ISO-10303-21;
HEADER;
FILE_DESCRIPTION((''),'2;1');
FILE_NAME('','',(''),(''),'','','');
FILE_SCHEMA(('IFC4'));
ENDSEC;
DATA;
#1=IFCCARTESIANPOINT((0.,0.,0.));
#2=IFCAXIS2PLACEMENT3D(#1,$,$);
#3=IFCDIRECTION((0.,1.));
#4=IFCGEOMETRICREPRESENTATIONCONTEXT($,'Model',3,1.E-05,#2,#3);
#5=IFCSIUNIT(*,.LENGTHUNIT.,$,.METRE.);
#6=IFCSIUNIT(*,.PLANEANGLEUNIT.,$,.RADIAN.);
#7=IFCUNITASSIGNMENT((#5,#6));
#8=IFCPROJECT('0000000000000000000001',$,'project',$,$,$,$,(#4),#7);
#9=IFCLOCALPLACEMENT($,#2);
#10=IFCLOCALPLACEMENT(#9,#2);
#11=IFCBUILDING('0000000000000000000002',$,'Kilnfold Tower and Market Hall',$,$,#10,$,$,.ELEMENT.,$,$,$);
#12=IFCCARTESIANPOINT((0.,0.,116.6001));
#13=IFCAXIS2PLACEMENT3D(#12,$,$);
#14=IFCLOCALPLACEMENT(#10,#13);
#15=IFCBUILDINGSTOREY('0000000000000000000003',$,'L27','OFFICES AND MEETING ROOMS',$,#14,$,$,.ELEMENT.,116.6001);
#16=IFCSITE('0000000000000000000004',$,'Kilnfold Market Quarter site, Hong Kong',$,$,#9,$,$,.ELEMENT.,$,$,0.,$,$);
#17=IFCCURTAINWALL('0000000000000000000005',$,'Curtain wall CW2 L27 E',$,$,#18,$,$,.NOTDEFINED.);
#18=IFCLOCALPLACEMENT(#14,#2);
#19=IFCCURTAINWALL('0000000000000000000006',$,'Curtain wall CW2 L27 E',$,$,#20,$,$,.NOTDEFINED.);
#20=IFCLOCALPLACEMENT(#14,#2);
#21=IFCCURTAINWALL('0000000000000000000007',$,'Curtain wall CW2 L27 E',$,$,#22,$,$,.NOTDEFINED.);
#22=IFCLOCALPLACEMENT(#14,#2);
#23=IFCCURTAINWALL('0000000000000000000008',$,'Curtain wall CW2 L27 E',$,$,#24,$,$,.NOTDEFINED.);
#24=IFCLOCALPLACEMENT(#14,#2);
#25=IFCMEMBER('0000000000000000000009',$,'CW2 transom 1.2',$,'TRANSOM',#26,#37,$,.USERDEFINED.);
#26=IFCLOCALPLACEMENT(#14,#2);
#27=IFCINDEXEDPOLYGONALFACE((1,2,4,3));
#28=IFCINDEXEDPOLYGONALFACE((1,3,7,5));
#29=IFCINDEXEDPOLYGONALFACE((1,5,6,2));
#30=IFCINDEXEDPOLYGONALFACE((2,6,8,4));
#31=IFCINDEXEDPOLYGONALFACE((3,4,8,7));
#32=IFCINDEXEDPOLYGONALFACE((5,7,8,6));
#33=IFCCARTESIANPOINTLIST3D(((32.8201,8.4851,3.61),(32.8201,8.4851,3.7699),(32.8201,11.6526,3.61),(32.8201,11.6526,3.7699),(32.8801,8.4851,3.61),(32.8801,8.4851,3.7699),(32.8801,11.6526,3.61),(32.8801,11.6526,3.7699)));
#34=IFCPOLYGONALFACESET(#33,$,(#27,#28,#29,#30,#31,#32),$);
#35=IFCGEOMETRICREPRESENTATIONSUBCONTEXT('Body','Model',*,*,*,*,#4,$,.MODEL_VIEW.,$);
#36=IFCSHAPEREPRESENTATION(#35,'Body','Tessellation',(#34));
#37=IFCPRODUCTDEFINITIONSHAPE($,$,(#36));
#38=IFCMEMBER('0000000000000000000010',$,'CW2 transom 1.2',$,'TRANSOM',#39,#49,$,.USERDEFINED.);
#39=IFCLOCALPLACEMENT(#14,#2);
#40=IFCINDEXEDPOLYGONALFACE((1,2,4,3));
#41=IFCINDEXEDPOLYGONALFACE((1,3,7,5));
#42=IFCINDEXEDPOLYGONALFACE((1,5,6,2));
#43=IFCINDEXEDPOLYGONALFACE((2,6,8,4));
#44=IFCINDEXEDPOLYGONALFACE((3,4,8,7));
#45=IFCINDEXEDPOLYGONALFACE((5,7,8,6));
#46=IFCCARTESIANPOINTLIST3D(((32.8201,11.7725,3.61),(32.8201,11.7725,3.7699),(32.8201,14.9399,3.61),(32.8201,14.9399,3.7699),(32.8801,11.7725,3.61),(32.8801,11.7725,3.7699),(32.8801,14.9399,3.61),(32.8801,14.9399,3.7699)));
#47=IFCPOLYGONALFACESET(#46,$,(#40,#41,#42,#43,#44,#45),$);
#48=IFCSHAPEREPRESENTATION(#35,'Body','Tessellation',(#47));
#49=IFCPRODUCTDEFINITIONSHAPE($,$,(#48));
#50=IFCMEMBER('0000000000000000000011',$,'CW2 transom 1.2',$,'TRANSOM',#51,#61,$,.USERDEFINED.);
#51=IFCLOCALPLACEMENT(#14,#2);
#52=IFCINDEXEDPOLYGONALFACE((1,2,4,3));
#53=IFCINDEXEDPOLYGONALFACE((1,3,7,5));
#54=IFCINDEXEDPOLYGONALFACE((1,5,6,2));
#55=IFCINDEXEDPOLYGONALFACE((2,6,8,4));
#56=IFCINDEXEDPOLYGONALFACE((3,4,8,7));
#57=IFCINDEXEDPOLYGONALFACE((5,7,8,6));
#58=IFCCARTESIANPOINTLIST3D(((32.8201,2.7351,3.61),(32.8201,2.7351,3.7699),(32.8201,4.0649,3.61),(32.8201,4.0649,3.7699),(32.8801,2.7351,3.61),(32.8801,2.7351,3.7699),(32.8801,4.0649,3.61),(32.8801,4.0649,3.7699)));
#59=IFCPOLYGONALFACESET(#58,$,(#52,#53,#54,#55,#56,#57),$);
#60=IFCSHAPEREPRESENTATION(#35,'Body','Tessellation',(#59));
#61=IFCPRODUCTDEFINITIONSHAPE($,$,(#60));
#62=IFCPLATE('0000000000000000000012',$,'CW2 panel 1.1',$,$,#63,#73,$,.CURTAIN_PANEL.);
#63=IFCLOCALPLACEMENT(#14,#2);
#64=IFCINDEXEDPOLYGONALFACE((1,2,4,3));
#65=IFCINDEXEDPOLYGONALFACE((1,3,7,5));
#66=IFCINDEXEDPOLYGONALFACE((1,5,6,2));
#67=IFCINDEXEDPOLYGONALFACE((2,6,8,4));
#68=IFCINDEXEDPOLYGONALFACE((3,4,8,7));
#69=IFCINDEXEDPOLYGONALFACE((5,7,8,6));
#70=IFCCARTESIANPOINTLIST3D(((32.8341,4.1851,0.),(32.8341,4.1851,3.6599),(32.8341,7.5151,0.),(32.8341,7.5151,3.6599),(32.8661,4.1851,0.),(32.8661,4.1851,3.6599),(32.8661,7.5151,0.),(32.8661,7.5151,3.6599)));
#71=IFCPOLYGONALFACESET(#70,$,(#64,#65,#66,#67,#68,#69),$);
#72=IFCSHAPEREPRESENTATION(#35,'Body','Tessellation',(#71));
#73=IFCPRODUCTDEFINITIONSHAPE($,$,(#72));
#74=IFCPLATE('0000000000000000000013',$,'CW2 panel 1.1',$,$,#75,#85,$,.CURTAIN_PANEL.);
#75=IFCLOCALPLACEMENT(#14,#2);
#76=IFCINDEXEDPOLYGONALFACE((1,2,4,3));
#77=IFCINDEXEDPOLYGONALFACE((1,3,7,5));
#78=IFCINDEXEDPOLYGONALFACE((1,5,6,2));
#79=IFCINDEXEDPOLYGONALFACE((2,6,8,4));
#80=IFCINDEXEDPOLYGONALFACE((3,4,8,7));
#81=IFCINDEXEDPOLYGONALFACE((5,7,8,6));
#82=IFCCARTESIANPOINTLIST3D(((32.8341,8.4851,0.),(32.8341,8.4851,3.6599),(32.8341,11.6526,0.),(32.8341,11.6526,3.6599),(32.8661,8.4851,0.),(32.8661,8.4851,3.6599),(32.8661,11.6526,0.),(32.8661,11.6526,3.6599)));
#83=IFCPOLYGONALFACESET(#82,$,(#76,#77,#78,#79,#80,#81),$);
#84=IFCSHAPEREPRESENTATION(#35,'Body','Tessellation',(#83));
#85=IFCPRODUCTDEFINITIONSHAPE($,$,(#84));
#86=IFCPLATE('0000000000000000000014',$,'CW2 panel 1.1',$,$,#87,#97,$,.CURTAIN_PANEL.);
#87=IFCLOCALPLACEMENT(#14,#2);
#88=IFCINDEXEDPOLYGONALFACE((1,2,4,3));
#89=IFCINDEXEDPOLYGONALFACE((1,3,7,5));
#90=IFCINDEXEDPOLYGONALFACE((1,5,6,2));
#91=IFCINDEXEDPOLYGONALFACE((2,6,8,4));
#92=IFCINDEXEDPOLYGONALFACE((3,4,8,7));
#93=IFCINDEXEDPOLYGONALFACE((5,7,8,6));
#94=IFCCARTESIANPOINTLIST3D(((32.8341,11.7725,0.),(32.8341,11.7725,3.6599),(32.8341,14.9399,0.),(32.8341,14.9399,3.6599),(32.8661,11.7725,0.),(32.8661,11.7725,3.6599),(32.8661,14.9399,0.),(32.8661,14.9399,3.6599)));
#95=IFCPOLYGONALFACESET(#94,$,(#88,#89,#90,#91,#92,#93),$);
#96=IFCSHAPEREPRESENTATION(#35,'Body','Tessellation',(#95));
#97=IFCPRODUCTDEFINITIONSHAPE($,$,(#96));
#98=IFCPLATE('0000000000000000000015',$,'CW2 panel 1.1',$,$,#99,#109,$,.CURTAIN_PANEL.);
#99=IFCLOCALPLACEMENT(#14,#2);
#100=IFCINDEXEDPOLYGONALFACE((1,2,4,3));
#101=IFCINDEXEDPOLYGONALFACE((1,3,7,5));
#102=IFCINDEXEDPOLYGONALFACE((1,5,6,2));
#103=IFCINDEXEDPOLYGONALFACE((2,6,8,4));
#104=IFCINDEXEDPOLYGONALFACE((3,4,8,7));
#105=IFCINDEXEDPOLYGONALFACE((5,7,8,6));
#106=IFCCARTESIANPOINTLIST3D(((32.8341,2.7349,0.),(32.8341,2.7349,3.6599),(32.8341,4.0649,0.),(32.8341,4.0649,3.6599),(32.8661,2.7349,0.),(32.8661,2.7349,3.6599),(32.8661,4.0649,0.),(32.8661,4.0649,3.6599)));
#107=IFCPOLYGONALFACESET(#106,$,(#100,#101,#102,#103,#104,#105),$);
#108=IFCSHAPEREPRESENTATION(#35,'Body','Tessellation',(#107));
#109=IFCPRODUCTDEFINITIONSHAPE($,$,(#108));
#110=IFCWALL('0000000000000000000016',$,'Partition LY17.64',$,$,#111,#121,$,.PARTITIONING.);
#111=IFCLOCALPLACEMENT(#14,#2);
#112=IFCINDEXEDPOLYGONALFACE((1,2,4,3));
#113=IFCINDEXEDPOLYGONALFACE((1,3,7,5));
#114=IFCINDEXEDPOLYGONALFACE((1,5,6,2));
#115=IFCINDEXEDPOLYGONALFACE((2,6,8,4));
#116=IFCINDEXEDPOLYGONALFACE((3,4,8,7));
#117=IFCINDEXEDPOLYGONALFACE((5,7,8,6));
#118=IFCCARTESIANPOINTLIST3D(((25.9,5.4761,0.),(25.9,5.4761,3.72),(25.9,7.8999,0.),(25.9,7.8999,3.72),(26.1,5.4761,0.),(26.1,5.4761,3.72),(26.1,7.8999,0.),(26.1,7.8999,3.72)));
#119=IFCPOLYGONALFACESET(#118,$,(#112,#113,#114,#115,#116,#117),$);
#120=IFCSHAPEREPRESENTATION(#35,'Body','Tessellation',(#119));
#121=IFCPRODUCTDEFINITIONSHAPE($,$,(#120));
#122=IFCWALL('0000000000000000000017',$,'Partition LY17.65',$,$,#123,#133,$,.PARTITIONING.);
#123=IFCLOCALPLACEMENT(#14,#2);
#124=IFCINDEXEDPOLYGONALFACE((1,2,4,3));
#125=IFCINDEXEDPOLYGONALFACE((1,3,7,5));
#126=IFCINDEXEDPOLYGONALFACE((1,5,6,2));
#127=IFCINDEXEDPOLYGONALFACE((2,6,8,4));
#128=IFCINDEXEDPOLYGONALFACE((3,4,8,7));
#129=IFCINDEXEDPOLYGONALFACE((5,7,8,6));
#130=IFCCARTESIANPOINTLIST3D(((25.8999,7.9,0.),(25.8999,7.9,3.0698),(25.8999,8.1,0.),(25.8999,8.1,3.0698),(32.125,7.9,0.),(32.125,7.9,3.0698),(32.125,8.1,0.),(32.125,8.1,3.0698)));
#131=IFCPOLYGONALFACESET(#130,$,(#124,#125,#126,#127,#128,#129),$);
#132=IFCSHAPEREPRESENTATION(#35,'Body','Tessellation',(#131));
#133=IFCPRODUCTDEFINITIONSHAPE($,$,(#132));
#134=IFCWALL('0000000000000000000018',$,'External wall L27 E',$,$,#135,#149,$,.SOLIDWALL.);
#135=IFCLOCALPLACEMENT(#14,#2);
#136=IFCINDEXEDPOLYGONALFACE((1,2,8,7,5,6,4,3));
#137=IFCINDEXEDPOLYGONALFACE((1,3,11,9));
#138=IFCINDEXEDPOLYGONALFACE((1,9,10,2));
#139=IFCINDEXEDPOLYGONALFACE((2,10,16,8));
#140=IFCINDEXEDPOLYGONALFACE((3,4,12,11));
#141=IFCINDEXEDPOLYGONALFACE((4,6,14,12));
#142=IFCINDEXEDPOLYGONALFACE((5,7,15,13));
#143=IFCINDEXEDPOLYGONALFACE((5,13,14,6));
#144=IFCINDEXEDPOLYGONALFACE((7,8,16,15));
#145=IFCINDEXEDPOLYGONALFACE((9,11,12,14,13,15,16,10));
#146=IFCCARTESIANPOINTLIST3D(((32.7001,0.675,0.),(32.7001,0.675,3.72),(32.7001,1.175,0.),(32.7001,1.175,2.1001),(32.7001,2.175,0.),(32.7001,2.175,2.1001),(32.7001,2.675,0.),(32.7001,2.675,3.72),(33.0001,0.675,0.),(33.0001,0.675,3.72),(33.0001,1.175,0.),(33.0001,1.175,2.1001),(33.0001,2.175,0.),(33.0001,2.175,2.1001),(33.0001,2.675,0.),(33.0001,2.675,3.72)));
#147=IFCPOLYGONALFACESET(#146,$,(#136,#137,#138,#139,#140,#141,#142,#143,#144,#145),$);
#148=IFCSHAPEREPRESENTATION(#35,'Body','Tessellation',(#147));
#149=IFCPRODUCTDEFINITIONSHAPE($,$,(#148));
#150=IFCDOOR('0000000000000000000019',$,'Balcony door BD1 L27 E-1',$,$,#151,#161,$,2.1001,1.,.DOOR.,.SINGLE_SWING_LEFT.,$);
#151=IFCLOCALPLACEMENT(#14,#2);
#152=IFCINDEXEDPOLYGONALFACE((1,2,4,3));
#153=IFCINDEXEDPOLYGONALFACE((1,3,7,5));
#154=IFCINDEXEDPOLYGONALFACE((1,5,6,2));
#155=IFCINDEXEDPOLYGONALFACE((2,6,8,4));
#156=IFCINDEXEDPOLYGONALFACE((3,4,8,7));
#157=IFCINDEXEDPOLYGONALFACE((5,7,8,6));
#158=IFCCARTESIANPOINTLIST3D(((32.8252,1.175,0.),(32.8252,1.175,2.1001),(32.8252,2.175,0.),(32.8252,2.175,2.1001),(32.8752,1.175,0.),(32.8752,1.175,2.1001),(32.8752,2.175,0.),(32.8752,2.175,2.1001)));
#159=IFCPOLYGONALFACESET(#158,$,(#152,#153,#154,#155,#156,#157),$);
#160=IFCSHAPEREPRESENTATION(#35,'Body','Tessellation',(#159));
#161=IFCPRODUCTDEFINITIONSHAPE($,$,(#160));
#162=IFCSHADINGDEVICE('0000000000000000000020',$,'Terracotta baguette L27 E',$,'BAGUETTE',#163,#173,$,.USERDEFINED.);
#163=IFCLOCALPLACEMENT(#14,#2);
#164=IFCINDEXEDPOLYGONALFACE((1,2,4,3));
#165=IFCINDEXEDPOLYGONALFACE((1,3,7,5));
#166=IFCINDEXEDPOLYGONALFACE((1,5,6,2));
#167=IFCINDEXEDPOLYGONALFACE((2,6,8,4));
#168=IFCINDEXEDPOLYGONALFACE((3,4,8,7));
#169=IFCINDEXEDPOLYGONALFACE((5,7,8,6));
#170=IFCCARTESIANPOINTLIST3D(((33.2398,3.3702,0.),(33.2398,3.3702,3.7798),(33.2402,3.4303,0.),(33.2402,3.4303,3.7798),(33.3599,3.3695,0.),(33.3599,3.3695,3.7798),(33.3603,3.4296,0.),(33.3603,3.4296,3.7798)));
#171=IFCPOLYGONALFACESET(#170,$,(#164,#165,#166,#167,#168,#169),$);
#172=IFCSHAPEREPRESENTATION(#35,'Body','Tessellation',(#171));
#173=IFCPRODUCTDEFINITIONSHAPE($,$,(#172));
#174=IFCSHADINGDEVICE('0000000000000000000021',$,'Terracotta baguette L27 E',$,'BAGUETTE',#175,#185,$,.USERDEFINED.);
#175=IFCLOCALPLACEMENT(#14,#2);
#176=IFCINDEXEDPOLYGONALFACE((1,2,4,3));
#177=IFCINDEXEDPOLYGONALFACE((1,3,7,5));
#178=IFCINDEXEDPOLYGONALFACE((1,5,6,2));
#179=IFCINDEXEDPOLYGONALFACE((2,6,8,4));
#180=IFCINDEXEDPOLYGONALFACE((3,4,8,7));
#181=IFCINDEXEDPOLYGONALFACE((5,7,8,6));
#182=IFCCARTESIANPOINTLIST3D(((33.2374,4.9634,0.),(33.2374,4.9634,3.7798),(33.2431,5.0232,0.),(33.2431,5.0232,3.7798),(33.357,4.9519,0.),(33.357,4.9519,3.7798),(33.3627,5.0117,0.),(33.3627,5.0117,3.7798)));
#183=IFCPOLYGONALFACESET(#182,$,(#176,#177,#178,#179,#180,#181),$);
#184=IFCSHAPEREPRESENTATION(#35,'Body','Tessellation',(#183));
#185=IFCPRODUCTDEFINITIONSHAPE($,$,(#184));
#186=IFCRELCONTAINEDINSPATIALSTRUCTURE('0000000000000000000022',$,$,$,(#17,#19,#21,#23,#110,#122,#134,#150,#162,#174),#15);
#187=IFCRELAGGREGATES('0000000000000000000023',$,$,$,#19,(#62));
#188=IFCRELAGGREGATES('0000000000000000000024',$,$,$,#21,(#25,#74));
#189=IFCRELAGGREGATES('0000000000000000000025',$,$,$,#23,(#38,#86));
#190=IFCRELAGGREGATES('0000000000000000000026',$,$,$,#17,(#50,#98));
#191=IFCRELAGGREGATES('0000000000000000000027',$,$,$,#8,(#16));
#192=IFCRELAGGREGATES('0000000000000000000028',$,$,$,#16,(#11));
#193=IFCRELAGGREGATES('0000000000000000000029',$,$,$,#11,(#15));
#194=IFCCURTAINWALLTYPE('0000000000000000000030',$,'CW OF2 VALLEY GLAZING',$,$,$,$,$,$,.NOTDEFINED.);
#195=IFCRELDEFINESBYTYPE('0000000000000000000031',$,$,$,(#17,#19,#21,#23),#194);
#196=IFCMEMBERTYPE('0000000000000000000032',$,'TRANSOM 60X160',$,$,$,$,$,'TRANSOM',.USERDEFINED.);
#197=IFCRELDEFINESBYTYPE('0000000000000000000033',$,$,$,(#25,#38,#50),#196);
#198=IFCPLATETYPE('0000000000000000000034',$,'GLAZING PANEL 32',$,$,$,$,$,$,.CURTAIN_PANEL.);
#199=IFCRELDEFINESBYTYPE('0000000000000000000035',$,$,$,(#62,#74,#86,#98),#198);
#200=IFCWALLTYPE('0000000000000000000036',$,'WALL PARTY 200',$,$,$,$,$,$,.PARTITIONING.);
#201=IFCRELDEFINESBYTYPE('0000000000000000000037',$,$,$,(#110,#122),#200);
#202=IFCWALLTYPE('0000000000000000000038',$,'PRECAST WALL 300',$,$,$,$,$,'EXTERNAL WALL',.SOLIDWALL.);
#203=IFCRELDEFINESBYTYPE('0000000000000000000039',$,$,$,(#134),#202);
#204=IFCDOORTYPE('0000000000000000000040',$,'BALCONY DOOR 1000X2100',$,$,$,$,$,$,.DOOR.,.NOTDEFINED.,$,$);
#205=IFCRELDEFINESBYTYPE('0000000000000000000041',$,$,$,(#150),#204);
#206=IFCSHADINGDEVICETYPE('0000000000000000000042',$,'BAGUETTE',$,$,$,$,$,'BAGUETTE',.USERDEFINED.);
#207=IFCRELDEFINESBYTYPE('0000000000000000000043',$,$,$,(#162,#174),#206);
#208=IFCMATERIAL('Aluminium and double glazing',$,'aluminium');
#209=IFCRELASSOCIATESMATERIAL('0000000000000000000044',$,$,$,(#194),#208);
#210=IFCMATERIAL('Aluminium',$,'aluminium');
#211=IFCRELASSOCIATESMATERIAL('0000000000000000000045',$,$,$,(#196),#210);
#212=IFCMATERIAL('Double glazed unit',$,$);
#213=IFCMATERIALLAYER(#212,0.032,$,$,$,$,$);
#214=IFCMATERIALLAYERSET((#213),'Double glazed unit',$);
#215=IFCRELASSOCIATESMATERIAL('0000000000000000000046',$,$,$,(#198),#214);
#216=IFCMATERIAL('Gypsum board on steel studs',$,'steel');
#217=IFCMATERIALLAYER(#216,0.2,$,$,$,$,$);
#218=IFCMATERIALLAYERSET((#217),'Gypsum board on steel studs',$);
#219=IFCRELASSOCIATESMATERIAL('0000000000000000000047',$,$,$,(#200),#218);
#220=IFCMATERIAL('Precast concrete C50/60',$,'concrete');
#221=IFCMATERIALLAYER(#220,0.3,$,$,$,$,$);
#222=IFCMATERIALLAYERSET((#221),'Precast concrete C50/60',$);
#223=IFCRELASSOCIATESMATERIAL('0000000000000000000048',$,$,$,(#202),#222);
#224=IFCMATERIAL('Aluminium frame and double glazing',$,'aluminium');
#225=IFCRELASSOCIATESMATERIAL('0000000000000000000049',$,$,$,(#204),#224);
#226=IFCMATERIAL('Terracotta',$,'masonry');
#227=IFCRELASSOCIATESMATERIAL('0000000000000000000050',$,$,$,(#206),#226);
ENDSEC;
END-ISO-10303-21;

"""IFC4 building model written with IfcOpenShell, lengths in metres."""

from ifc_helpers import new_model, si_unit, direction, frame, frame_2d, origin, origin_2d, place, context, subcontext, project, spatial, rectangle, extrude, source, transform, mapped, material, layer, layer_set, material_profile, profile_set, type_object, element, fill, aggregate, save


model = new_model("IFC4")

# Units and contexts
model_context = context("Model", 3, precision=1e-05, world=origin(), true_north=direction((0.0, 1.0)))
body_context = subcontext(model_context, "Body", "Model", "MODEL_VIEW")
ifc_project = project(units=[si_unit("LENGTHUNIT", "METRE"), si_unit("PLANEANGLEUNIT", "RADIAN")], contexts=[model_context])

# Site, building, storey
site_placement = place(None, origin())
site = spatial("IfcSite", under=ifc_project, at=site_placement, Name="Kilnfold Market Quarter site, Hong Kong", CompositionType="ELEMENT", RefElevation=0.0)
building_placement = place(site_placement, origin())
building = spatial("IfcBuilding", under=site, at=building_placement, Name="Kilnfold Tower and Market Hall", CompositionType="ELEMENT")
storey_placement = place(building_placement, frame((0.0, 0.0, 116.6001)))
storey = spatial("IfcBuildingStorey", under=building, at=storey_placement, Name="L27", Description="OFFICES AND MEETING ROOMS", CompositionType="ELEMENT", Elevation=116.6001)

# Curtain walls
ifc_material_1 = material(Name="Aluminium and double glazing", Category="aluminium")
curtain_wall_type = type_object("IfcCurtainWallType", Name="CW OF2 VALLEY GLAZING", PredefinedType="NOTDEFINED", material=ifc_material_1)
curtain_wall_1_placement = place(storey_placement, origin())
curtain_wall_1 = element("IfcCurtainWall", 1, at=curtain_wall_1_placement, inside=storey, type_object=curtain_wall_type, Name="Curtain wall CW2 L27 E", PredefinedType="NOTDEFINED")
curtain_wall_2_placement = place(storey_placement, origin())
curtain_wall_2 = element("IfcCurtainWall", 2, at=curtain_wall_2_placement, inside=storey, type_object=curtain_wall_type, Name="Curtain wall CW2 L27 E", PredefinedType="NOTDEFINED")
curtain_wall_3_placement = place(storey_placement, origin())
curtain_wall_3 = element("IfcCurtainWall", 3, at=curtain_wall_3_placement, inside=storey, type_object=curtain_wall_type, Name="Curtain wall CW2 L27 E", PredefinedType="NOTDEFINED")

# Curtain wall
curtain_wall_4_placement = place(storey_placement, origin())
curtain_wall_4 = element("IfcCurtainWall", 4, at=curtain_wall_4_placement, inside=storey, type_object=curtain_wall_type, Name="Curtain wall CW2 L27 E", PredefinedType="NOTDEFINED")

# Members
ifc_material_2 = material(Name="Aluminium", Category="aluminium")
ifc_material_profile_1 = material_profile(ifc_material_2, rectangle(XDim=0.0601, YDim=0.1599, at=origin_2d()), Name="TRANSOM 60x160")
ifc_profile_set_1 = profile_set([ifc_material_profile_1], Name="Aluminium")
member_type_1 = type_object("IfcMemberType", Name="TRANSOM 60X160", ElementType="TRANSOM", PredefinedType="USERDEFINED", material=ifc_profile_set_1)
shared_shape_1 = source(origin(), body_context, "Body", "SweptSolid", [
    extrude(rectangle(XDim=0.0601, YDim=0.1599, at=origin_2d()), origin(), (0.0, 0.0, 1.0), 3.1675),
])
member_1_placement = place(storey_placement, frame((32.8501, 8.4851, 3.6899), z_axis=(0.0, 1.0, 0.0), x_axis=(-1.0, 0.0, 0.0)))
member_1 = element("IfcMember", 5, at=member_1_placement, type_object=member_type_1, Name="CW2 transom 1.2", ObjectType="TRANSOM", PredefinedType="USERDEFINED", context=body_context, shape_type="MappedRepresentation", body=[
    mapped(shared_shape_1, transform((0.0, 0.0, 0.0))),
])
member_2_placement = place(storey_placement, frame((32.8501, 11.7725, 3.6899), z_axis=(0.0, 1.0, 0.0), x_axis=(-1.0, 0.0, 0.0)))
member_2 = element("IfcMember", 6, at=member_2_placement, type_object=member_type_1, Name="CW2 transom 1.2", ObjectType="TRANSOM", PredefinedType="USERDEFINED", context=body_context, shape_type="MappedRepresentation", body=[
    mapped(shared_shape_1, transform((0.0, 0.0, 0.0))),
])
shared_shape_2 = source(origin(), body_context, "Body", "SweptSolid", [
    extrude(rectangle(XDim=0.0601, YDim=0.1599, at=origin_2d()), origin(), (0.0, 0.0, 1.0), 1.3298),
])
member_3_placement = place(storey_placement, frame((32.8501, 2.7351, 3.6899), z_axis=(0.0, 1.0, 0.0), x_axis=(-1.0, 0.0, 0.0)))
member_3 = element("IfcMember", 7, at=member_3_placement, type_object=member_type_1, Name="CW2 transom 1.2", ObjectType="TRANSOM", PredefinedType="USERDEFINED", context=body_context, shape_type="MappedRepresentation", body=[
    mapped(shared_shape_2, transform((0.0, 0.0, 0.0))),
])

# Plates
ifc_material_3 = material(Name="Double glazed unit")
ifc_layer_1 = layer(ifc_material_3, 0.032)
ifc_layer_set_1 = layer_set([ifc_layer_1], Name="Double glazed unit")
plate_type = type_object("IfcPlateType", Name="GLAZING PANEL 32", PredefinedType="CURTAIN_PANEL", material=ifc_layer_set_1)
shared_shape_3 = source(origin(), body_context, "Body", "SweptSolid", [
    extrude(rectangle(XDim=3.3301, YDim=0.032, at=origin_2d()), origin(), (0.0, 0.0, 1.0), 3.6599),
])
plate_1_placement = place(storey_placement, frame((32.8501, 5.8501, 0.0), z_axis=(0.0, 0.0, 1.0), x_axis=(0.0, 1.0, 0.0)))
plate_1 = element("IfcPlate", 8, at=plate_1_placement, type_object=plate_type, Name="CW2 panel 1.1", PredefinedType="CURTAIN_PANEL", context=body_context, shape_type="MappedRepresentation", body=[
    mapped(shared_shape_3, transform((0.0, 0.0, 0.0))),
])
aggregate(curtain_wall_2, [plate_1])
shared_shape_4 = source(origin(), body_context, "Body", "SweptSolid", [
    extrude(rectangle(XDim=3.1675, YDim=0.032, at=origin_2d()), origin(), (0.0, 0.0, 1.0), 3.6599),
])
plate_2_placement = place(storey_placement, frame((32.8501, 10.0688, 0.0), z_axis=(0.0, 0.0, 1.0), x_axis=(0.0, 1.0, 0.0)))
plate_2 = element("IfcPlate", 9, at=plate_2_placement, type_object=plate_type, Name="CW2 panel 1.1", PredefinedType="CURTAIN_PANEL", context=body_context, shape_type="MappedRepresentation", body=[
    mapped(shared_shape_4, transform((0.0, 0.0, 0.0))),
])
aggregate(curtain_wall_3, [member_1, plate_2])
plate_3_placement = place(storey_placement, frame((32.8501, 13.3562, 0.0), z_axis=(0.0, 0.0, 1.0), x_axis=(0.0, 1.0, 0.0)))
plate_3 = element("IfcPlate", 10, at=plate_3_placement, type_object=plate_type, Name="CW2 panel 1.1", PredefinedType="CURTAIN_PANEL", context=body_context, shape_type="MappedRepresentation", body=[
    mapped(shared_shape_4, transform((0.0, 0.0, 0.0))),
])
aggregate(curtain_wall_4, [member_2, plate_3])
shared_shape_5 = source(origin(), body_context, "Body", "SweptSolid", [
    extrude(rectangle(XDim=1.3301, YDim=0.032, at=origin_2d()), origin(), (0.0, 0.0, 1.0), 3.6599),
])
plate_4_placement = place(storey_placement, frame((32.8501, 3.3999, 0.0), z_axis=(0.0, 0.0, 1.0), x_axis=(0.0, 1.0, 0.0)))
plate_4 = element("IfcPlate", 11, at=plate_4_placement, type_object=plate_type, Name="CW2 panel 1.1", PredefinedType="CURTAIN_PANEL", context=body_context, shape_type="MappedRepresentation", body=[
    mapped(shared_shape_5, transform((0.0, 0.0, 0.0))),
])
aggregate(curtain_wall_1, [member_3, plate_4])

# Walls
ifc_material_4 = material(Name="Gypsum board on steel studs", Category="steel")
ifc_layer_2 = layer(ifc_material_4, 0.2)
ifc_layer_set_2 = layer_set([ifc_layer_2], Name="Gypsum board on steel studs")
wall_type_1 = type_object("IfcWallType", Name="WALL PARTY 200", PredefinedType="PARTITIONING", material=ifc_layer_set_2)
wall_1_placement = place(storey_placement, frame((26.0, 5.4761, 0.0), z_axis=(0.0, 0.0, 1.0), x_axis=(0.0, 1.0, 0.0)))
element("IfcWall", 12, at=wall_1_placement, inside=storey, type_object=wall_type_1, Name="Partition LY17.64", PredefinedType="PARTITIONING", context=body_context, shape_type="SweptSolid", body=[
    extrude(rectangle(XDim=2.4238, YDim=0.2, at=frame_2d((1.2119, 0.0))), origin(), (0.0, 0.0, 1.0), 3.72),
])
wall_2_placement = place(storey_placement, frame((25.8999, 8.0, 0.0), z_axis=(0.0, 0.0, 1.0), x_axis=(1.0, 0.0, 0.0)))
element("IfcWall", 13, at=wall_2_placement, inside=storey, type_object=wall_type_1, Name="Partition LY17.65", PredefinedType="PARTITIONING", context=body_context, shape_type="SweptSolid", body=[
    extrude(rectangle(XDim=6.2251, YDim=0.2, at=frame_2d((3.1125, 0.0))), origin(), (0.0, 0.0, 1.0), 3.0698),
])

# Wall, opening, door
ifc_material_5 = material(Name="Precast concrete C50/60", Category="concrete")
ifc_layer_3 = layer(ifc_material_5, 0.3)
ifc_layer_set_3 = layer_set([ifc_layer_3], Name="Precast concrete C50/60")
wall_type_2 = type_object("IfcWallType", Name="PRECAST WALL 300", ElementType="EXTERNAL WALL", PredefinedType="SOLIDWALL", material=ifc_layer_set_3)
shared_shape_6 = source(origin(), body_context, "Body", "SweptSolid", [
    extrude(rectangle(XDim=2.0, YDim=0.3, at=frame_2d((1.0, 0.0))), origin(), (0.0, 0.0, 1.0), 3.72),
])
wall_3_placement = place(storey_placement, frame((32.8501, 0.675, 0.0), z_axis=(0.0, 0.0, 1.0), x_axis=(0.0, 1.0, 0.0)))
wall_3 = element("IfcWall", 14, at=wall_3_placement, inside=storey, type_object=wall_type_2, Name="External wall L27 E", PredefinedType="SOLIDWALL", context=body_context, shape_type="MappedRepresentation", body=[
    mapped(shared_shape_6, transform((0.0, 0.0, 0.0))),
])
opening_placement = place(wall_3_placement, frame((0.5, 0.0, 0.0)))
opening = element("IfcOpeningElement", 15, at=opening_placement, cuts=wall_3, PredefinedType="OPENING", context=body_context, shape_type="SweptSolid", body=[
    extrude(rectangle(XDim=1.0, YDim=2.1001, at=frame_2d((0.5, 1.05))), frame((0.0, 0.1602, 0.0), z_axis=(0.0, -1.0, 0.0), x_axis=(1.0, 0.0, 0.0)), (0.0, 0.0, 1.0), 0.3201),
])
ifc_material_6 = material(Name="Aluminium frame and double glazing", Category="aluminium")
door_type = type_object("IfcDoorType", Name="BALCONY DOOR 1000X2100", OperationType="NOTDEFINED", PredefinedType="DOOR", material=ifc_material_6)
door_placement = place(opening_placement, origin())
door = element("IfcDoor", 16, at=door_placement, inside=storey, type_object=door_type, Name="Balcony door BD1 L27 E-1", OperationType="SINGLE_SWING_LEFT", OverallHeight=2.1001, OverallWidth=1.0, PredefinedType="DOOR", context=body_context, shape_type="SweptSolid", body=[
    extrude(rectangle(XDim=1.0, YDim=2.1001, at=frame_2d((0.5, 1.05))), frame((0.0, 0.0249, 0.0), z_axis=(0.0, -1.0, 0.0), x_axis=(1.0, 0.0, 0.0)), (0.0, 0.0, 1.0), 0.05),
])
fill(opening, door)

# Shading devices
ifc_material_7 = material(Name="Terracotta", Category="masonry")
ifc_material_profile_2 = material_profile(ifc_material_7, rectangle(XDim=0.0601, YDim=0.1201, at=origin_2d()), Name="BAG 60x120")
ifc_profile_set_2 = profile_set([ifc_material_profile_2], Name="Terracotta")
shading_device_type = type_object("IfcShadingDeviceType", Name="BAGUETTE", ElementType="BAGUETTE", PredefinedType="USERDEFINED", material=ifc_profile_set_2)
shared_shape_7 = source(origin(), body_context, "Body", "SweptSolid", [
    extrude(rectangle(XDim=0.0601, YDim=0.1201, at=origin_2d()), origin(), (0.0, 0.0, 1.0), 3.7798),
])
for number, where, z_axis, x_axis, name in (
    (17, (33.3, 3.3999, 0.0), (0.0, 0.0, 1.0), (0.005498, 0.999985, 0.0), "Terracotta baguette L27 E"),
    (18, (33.3, 4.9875, 0.0), (0.0, 0.0, 1.0), (0.095219, 0.995456, 0.0), "Terracotta baguette L27 E"),
):
    element("IfcShadingDevice", number, at=place(storey_placement, frame(where, z_axis=z_axis, x_axis=x_axis)), inside=storey, type_object=shading_device_type, Name=name, ObjectType="BAGUETTE", PredefinedType="USERDEFINED", context=body_context, shape_type="MappedRepresentation", body=[
        mapped(shared_shape_7, transform((0.0, 0.0, 0.0))),
    ])

save(model, "model.ifc")
